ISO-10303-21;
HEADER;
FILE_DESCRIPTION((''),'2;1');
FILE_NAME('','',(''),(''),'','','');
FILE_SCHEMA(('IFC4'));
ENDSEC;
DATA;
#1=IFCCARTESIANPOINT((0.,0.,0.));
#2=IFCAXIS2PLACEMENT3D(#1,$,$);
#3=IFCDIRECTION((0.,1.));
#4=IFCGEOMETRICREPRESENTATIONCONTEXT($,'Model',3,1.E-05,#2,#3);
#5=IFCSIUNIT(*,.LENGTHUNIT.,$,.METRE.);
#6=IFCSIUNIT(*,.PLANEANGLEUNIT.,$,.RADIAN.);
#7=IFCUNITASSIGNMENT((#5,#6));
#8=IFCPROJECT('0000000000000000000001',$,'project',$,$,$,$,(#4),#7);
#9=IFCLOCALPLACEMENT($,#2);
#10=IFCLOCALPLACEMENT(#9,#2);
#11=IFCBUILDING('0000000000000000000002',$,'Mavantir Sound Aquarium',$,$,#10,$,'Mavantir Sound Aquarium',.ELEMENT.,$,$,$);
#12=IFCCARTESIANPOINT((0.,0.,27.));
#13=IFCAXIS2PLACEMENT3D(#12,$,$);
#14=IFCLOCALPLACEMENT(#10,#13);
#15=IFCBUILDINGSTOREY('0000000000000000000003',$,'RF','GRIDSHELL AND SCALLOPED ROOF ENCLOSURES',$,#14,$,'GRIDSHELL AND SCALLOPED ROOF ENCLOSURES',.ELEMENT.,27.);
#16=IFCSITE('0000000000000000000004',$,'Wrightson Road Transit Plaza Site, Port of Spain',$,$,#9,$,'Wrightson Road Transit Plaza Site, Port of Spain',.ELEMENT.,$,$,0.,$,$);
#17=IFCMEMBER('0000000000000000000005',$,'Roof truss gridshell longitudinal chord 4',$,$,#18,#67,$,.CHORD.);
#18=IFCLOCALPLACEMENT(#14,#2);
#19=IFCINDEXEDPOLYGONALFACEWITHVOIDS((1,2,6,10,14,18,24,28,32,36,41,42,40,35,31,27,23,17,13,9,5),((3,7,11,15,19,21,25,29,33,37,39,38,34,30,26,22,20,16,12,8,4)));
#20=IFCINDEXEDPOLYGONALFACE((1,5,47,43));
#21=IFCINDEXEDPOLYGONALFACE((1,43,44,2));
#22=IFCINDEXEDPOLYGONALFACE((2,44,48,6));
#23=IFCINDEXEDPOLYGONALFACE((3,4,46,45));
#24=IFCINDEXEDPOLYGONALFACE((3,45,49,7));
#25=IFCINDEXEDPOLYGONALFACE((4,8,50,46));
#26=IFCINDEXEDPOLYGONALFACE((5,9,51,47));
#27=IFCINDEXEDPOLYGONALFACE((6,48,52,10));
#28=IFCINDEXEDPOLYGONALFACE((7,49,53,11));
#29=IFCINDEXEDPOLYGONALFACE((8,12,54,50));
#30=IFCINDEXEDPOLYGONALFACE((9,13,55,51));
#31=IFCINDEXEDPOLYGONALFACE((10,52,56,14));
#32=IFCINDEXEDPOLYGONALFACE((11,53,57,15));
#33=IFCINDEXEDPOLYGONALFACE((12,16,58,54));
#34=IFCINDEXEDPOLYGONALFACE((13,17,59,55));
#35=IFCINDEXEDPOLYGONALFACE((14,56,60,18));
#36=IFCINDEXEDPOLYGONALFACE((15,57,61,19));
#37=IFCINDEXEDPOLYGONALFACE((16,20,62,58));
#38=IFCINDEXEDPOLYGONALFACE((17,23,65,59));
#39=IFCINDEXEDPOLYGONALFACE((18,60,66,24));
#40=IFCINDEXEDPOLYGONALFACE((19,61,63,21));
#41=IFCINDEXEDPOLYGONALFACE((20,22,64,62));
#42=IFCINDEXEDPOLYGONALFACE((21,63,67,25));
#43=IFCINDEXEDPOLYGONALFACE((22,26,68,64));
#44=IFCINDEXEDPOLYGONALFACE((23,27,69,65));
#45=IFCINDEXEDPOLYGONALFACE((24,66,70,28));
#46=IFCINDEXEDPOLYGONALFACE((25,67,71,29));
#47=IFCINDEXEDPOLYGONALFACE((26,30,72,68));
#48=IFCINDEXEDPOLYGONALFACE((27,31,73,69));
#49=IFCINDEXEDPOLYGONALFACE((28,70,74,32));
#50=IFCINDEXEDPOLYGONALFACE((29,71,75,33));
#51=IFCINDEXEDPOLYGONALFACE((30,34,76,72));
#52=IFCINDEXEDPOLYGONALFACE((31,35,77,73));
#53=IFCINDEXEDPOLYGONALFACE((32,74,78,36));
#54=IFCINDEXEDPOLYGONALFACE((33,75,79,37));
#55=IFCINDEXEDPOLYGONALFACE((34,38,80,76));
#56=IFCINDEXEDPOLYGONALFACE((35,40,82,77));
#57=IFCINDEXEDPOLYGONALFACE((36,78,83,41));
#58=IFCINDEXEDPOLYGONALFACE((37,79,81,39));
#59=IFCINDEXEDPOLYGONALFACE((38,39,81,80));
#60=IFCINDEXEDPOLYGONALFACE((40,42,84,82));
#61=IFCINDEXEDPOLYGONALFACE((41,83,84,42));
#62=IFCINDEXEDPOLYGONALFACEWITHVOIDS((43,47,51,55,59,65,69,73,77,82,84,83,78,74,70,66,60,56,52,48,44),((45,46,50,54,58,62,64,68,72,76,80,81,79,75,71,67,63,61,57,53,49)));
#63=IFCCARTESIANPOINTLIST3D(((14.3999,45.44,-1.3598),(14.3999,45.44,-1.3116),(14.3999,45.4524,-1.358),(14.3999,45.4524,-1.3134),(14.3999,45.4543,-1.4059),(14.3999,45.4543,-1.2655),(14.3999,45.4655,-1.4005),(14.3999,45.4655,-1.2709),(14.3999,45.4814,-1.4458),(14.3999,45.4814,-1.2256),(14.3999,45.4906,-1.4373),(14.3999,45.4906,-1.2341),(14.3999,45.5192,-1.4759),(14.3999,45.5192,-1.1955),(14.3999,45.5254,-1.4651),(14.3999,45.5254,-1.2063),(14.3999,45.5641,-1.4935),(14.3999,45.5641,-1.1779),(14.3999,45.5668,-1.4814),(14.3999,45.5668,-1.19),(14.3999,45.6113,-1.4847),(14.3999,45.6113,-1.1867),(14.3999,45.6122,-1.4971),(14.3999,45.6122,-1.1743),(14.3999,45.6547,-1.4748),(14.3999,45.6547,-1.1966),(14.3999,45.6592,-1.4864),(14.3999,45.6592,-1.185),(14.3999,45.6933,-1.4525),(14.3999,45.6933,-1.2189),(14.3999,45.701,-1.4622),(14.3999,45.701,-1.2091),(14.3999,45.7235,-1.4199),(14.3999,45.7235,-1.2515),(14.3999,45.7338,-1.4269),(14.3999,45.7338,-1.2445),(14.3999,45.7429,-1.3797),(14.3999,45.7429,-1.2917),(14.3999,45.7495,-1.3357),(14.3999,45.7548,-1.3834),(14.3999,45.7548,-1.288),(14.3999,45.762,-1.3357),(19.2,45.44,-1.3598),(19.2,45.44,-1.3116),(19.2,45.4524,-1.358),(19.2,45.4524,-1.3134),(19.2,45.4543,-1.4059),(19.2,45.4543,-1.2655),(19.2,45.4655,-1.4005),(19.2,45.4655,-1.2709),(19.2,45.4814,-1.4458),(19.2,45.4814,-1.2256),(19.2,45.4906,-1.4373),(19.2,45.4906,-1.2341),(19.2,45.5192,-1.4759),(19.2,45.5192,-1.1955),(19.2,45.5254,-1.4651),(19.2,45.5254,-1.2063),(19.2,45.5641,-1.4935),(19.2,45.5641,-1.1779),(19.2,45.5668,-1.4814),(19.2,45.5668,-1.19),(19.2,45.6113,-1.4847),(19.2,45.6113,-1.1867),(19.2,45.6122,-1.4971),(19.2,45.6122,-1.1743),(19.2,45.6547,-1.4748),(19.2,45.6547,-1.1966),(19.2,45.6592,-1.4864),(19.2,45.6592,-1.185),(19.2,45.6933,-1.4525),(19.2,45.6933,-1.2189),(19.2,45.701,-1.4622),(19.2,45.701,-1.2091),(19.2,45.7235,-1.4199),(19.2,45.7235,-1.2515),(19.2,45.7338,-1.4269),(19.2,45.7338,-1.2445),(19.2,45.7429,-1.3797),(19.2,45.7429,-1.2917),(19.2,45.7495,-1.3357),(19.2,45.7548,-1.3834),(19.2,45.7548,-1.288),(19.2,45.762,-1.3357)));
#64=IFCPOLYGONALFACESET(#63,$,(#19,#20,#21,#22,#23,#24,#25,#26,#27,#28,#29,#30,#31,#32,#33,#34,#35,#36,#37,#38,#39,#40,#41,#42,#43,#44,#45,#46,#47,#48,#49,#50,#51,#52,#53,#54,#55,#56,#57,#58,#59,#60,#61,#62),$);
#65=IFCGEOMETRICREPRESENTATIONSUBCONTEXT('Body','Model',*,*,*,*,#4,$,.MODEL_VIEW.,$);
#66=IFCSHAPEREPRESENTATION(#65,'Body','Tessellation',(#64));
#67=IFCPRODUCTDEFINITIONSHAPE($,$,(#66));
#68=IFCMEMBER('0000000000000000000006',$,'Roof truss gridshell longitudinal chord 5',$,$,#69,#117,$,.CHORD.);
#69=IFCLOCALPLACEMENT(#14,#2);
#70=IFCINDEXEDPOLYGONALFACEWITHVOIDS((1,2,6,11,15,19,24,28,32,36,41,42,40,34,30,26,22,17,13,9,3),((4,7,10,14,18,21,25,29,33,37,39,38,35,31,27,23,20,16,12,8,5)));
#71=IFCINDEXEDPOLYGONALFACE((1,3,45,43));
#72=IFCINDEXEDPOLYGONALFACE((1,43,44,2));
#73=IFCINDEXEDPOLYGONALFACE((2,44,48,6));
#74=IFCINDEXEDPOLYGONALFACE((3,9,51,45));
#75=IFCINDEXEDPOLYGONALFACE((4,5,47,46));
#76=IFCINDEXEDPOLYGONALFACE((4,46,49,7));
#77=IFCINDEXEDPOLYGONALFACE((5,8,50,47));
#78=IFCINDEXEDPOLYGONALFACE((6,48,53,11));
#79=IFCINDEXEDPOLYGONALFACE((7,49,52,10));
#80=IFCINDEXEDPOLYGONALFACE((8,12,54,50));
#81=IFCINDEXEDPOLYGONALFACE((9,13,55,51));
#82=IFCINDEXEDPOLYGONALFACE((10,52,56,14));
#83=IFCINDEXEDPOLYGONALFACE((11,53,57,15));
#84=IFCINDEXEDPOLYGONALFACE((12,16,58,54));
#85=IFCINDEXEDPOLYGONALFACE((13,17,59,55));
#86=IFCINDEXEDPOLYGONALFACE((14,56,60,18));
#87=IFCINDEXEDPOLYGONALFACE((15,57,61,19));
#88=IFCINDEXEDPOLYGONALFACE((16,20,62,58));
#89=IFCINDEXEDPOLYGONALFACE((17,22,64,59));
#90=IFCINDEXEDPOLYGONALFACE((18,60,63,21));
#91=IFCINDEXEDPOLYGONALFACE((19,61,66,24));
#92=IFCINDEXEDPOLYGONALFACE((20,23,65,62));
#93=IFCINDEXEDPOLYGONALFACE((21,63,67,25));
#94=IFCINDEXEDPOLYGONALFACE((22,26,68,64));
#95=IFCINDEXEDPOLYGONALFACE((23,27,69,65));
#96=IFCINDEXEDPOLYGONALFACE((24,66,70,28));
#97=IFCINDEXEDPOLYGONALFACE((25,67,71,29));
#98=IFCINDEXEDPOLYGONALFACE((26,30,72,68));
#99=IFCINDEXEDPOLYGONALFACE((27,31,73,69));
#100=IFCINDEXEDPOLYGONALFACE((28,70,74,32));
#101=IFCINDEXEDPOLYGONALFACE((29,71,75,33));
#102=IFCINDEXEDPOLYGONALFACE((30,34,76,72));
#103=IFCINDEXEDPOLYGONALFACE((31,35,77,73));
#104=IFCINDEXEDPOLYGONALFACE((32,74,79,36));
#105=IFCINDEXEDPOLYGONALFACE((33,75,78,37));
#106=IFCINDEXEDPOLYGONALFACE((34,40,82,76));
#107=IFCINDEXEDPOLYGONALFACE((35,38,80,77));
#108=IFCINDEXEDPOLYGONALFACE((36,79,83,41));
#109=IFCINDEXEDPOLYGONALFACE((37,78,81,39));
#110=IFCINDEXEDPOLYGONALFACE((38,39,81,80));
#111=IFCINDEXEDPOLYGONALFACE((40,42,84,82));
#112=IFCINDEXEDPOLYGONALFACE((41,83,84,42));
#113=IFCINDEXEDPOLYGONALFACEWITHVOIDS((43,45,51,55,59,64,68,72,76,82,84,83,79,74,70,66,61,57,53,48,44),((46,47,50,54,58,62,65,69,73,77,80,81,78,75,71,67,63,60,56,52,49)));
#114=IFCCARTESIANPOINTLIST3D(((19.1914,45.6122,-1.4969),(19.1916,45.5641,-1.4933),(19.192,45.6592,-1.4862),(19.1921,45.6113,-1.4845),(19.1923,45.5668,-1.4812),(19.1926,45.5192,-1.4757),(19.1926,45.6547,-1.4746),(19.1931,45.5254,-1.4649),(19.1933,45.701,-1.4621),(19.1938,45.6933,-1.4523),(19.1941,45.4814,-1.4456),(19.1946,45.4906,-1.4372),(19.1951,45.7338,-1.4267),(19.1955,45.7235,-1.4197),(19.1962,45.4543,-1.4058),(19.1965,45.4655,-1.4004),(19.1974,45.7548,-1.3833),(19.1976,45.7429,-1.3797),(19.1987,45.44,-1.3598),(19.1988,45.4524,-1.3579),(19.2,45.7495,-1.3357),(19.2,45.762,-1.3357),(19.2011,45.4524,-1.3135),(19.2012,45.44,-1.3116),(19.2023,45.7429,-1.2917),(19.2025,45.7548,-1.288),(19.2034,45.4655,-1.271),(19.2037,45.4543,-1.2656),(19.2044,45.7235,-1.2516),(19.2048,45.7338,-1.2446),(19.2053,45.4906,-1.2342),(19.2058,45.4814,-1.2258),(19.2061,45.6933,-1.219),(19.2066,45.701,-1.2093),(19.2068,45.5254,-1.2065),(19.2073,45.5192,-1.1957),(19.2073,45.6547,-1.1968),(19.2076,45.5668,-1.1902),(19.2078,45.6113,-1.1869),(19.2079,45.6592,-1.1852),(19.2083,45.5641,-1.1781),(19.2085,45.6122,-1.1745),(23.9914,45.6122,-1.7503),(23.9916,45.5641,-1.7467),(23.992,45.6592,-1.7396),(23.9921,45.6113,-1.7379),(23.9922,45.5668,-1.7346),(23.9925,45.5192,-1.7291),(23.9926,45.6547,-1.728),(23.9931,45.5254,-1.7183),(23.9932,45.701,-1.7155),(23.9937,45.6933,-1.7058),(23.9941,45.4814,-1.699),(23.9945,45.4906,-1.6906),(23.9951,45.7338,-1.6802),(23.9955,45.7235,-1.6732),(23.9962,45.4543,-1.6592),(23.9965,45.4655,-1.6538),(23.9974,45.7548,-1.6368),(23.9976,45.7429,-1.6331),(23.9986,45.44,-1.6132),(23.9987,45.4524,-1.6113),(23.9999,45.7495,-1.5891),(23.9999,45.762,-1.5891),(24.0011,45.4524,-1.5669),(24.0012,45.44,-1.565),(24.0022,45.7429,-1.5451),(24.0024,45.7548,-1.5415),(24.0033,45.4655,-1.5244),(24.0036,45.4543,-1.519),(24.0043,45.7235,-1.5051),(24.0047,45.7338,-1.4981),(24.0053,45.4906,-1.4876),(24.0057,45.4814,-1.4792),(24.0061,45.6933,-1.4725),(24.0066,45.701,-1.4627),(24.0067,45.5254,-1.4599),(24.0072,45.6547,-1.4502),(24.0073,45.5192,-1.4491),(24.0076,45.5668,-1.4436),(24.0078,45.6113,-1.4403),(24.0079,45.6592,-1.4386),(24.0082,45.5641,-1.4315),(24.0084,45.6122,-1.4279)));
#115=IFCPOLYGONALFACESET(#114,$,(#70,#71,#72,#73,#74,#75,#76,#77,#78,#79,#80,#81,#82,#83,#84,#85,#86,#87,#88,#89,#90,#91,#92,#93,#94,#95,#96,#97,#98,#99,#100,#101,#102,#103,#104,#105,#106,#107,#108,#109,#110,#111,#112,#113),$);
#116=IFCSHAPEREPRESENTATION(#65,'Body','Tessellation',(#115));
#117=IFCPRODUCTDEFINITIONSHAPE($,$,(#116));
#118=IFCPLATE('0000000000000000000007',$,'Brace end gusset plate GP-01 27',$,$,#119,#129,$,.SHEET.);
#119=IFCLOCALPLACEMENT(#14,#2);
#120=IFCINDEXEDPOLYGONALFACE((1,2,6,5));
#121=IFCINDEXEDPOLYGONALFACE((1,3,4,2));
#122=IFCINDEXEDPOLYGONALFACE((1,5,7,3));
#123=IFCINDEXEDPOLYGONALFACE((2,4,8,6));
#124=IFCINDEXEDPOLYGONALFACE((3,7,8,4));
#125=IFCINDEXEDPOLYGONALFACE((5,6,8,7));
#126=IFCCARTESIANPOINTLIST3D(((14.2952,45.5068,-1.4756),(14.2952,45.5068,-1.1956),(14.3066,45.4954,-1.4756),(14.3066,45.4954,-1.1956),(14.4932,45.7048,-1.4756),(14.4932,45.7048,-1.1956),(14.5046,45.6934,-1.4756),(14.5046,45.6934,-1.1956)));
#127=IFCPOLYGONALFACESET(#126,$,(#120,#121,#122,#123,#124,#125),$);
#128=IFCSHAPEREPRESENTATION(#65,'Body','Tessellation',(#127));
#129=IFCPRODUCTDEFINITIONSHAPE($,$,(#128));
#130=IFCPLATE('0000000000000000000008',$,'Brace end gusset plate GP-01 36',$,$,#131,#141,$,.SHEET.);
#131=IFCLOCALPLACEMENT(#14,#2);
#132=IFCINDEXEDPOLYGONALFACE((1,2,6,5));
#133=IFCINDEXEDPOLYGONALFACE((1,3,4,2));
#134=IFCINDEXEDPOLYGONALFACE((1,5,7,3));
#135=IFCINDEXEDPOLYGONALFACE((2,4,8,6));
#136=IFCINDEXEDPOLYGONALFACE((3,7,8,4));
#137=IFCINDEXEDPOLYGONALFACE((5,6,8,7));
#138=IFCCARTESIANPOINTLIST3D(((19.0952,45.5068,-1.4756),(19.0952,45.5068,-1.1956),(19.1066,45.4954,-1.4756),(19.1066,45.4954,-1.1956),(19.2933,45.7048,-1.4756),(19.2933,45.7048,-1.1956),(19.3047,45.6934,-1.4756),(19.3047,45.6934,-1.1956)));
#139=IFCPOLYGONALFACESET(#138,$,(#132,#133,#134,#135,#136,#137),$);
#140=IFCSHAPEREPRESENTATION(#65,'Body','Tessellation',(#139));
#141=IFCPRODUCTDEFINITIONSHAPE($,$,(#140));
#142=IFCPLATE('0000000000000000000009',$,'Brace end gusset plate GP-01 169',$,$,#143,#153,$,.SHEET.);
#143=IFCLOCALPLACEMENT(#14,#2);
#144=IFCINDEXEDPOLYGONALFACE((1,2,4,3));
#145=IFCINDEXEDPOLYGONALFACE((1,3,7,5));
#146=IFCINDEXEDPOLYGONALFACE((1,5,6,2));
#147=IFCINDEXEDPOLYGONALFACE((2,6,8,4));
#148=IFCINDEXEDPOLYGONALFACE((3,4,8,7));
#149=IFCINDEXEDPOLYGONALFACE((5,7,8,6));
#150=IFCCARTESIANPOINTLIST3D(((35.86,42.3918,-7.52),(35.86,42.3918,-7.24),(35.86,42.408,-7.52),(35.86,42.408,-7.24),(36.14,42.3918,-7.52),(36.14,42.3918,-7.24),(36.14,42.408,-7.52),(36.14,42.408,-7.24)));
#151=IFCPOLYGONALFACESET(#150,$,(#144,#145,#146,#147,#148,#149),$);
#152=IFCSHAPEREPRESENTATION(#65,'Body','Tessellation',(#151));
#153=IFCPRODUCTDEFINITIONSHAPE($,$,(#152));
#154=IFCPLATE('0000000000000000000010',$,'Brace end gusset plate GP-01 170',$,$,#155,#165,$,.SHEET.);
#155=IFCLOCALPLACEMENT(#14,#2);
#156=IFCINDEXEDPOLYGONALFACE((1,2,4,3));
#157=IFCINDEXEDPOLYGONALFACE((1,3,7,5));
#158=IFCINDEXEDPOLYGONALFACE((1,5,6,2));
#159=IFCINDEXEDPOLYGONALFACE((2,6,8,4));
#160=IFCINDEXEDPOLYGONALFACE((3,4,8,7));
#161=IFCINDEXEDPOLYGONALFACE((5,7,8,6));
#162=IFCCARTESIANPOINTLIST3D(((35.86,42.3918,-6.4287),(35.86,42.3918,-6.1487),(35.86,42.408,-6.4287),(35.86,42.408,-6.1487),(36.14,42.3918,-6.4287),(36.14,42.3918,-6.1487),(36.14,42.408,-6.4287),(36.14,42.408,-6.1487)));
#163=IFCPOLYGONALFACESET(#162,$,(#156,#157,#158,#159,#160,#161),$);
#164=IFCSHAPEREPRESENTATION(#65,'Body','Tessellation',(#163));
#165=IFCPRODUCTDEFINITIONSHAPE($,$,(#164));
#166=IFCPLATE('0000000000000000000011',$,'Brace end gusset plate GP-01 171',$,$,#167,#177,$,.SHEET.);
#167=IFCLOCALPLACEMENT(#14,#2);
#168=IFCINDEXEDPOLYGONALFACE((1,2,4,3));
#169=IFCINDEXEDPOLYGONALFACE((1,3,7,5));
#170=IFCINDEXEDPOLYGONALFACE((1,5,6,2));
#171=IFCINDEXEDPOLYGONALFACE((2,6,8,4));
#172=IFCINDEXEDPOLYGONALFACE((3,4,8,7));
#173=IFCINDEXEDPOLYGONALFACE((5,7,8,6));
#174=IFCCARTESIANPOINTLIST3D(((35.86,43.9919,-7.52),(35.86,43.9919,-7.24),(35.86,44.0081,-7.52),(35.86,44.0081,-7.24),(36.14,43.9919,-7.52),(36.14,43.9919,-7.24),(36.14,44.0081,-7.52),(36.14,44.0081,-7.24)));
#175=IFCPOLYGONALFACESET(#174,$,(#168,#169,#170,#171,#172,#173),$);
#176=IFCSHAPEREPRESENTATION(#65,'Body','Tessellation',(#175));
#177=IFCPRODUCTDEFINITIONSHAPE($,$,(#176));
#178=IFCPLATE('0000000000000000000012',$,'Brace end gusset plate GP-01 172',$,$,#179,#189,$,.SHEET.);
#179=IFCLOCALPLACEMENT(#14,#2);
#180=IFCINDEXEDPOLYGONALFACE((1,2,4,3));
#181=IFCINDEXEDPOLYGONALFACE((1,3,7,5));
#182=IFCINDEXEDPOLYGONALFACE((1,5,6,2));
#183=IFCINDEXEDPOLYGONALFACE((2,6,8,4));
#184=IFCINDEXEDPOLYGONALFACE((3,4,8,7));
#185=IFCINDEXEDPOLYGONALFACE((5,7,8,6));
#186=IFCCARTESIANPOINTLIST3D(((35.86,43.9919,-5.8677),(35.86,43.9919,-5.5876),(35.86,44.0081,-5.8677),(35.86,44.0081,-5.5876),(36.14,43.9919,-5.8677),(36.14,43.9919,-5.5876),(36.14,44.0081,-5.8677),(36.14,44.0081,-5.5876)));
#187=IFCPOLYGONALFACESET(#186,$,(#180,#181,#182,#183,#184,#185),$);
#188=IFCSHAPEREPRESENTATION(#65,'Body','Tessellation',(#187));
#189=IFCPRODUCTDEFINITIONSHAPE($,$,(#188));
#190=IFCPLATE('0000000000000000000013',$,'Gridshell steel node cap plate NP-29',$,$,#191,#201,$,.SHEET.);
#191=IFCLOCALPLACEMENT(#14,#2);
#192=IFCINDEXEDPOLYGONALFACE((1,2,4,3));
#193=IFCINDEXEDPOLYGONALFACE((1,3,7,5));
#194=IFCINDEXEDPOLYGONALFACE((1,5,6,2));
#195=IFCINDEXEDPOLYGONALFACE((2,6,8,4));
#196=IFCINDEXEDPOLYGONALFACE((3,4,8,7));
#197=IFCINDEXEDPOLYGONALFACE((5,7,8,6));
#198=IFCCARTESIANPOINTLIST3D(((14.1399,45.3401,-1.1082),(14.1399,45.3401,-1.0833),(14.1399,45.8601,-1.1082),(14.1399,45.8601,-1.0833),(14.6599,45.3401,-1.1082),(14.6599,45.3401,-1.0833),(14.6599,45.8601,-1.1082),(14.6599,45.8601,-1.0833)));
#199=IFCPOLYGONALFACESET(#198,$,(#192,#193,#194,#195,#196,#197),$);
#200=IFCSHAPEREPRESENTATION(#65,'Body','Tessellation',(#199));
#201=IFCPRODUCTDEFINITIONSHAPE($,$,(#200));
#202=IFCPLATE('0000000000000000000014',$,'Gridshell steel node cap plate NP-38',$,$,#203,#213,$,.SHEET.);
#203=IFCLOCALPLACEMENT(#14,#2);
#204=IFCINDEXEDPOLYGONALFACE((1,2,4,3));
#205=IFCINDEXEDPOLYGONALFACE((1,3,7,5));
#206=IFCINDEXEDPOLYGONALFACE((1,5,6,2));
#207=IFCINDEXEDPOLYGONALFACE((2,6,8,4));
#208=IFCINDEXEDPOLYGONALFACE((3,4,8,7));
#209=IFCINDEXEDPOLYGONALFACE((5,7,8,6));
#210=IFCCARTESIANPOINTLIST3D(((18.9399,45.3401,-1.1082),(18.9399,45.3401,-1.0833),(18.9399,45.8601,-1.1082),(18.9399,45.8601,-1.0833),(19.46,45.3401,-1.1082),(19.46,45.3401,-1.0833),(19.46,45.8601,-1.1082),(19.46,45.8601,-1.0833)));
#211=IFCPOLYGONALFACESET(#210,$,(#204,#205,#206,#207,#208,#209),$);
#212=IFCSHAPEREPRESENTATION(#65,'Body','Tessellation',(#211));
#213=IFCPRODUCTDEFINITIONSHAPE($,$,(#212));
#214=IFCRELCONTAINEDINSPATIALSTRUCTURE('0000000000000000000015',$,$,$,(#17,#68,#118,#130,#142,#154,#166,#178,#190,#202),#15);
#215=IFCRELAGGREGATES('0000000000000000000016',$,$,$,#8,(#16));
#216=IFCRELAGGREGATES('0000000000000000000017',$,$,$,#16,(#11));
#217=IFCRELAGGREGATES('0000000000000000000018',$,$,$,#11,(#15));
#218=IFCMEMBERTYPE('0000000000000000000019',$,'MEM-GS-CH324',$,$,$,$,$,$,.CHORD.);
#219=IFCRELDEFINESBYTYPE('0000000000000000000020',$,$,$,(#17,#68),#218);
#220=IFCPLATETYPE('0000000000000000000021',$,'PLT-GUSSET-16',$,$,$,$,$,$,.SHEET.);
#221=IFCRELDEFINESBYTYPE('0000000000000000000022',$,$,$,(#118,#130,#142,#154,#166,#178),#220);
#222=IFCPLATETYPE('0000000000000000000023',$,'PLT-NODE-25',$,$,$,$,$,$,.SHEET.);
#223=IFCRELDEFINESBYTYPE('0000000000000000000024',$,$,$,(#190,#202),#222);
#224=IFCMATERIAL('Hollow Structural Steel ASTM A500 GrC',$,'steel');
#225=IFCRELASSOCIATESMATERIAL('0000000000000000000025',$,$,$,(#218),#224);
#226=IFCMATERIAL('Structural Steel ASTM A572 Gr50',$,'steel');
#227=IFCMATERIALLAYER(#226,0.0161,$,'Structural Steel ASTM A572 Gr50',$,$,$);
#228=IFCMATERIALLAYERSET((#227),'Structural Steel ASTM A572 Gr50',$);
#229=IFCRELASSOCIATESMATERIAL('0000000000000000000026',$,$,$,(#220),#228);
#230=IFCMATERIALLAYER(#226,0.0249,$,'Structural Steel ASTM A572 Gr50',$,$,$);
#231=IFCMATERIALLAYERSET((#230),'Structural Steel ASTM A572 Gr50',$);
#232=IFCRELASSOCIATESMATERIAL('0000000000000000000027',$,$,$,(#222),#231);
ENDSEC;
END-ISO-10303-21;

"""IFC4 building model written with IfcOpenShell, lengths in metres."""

from ifc_helpers import new_model, si_unit, direction, frame, origin, origin_2d, place, context, subcontext, project, spatial, rectangle, hollow_circle, extrude, material, layer, layer_set, material_profile, profile_set, type_object, element, save


model = new_model("IFC4")

# Units and contexts
model_context = context("Model", 3, precision=1e-05, world=origin(), true_north=direction((0.0, 1.0)))
body_context = subcontext(model_context, "Body", "Model", "MODEL_VIEW")
ifc_project = project(units=[si_unit("LENGTHUNIT", "METRE"), si_unit("PLANEANGLEUNIT", "RADIAN")], contexts=[model_context])

# Site, building, storey
site_placement = place(None, origin())
site = spatial("IfcSite", under=ifc_project, at=site_placement, Name="Wrightson Road Transit Plaza Site, Port of Spain", LongName="Wrightson Road Transit Plaza Site, Port of Spain", CompositionType="ELEMENT", RefElevation=0.0)
building_placement = place(site_placement, origin())
building = spatial("IfcBuilding", under=site, at=building_placement, Name="Mavantir Sound Aquarium", LongName="Mavantir Sound Aquarium", CompositionType="ELEMENT")
storey_placement = place(building_placement, frame((0.0, 0.0, 27.0)))
storey = spatial("IfcBuildingStorey", under=building, at=storey_placement, Name="RF", Description="GRIDSHELL AND SCALLOPED ROOF ENCLOSURES", LongName="GRIDSHELL AND SCALLOPED ROOF ENCLOSURES", CompositionType="ELEMENT", Elevation=27.0)

# Members
ifc_material_1 = material(Name="Hollow Structural Steel ASTM A500 GrC", Category="steel")
ifc_material_profile_1 = material_profile(ifc_material_1, hollow_circle(Radius=0.1619, WallThickness=0.0125, at=origin_2d()), Name="CHS 323.9X12.5")
ifc_profile_set_1 = profile_set([ifc_material_profile_1], Name="Hollow Structural Steel ASTM A500 GrC")
member_type_1 = type_object("IfcMemberType", Name="MEM-GS-CH324", PredefinedType="CHORD", material=ifc_profile_set_1)
member_1_placement = place(storey_placement, frame((14.3999, 45.6001, -1.3357), z_axis=(1.0, 0.0, 0.0), x_axis=(0.0, 1.0, 0.0)))
element("IfcMember", 1, at=member_1_placement, inside=storey, type_object=member_type_1, Name="Roof truss gridshell longitudinal chord 4", PredefinedType="CHORD", context=body_context, shape_type="SweptSolid", body=[
    extrude(hollow_circle(Radius=0.1619, WallThickness=0.0125, at=origin_2d()), origin(), (0.0, 0.0, 1.0), 4.8),
])
member_2_placement = place(storey_placement, frame((19.2, 45.6001, -1.3357), z_axis=(0.998609, 0.0, -0.052721), x_axis=(0.0, 1.0, 0.0)))
element("IfcMember", 2, at=member_2_placement, inside=storey, type_object=member_type_1, Name="Roof truss gridshell longitudinal chord 5", PredefinedType="CHORD", context=body_context, shape_type="SweptSolid", body=[
    extrude(hollow_circle(Radius=0.1619, WallThickness=0.0125, at=origin_2d()), origin(), (0.0, 0.0, 1.0), 4.8066),
])

# Plates
ifc_material_2 = material(Name="Structural Steel ASTM A572 Gr50", Category="steel")
ifc_layer_1 = layer(ifc_material_2, 0.0161, Name="Structural Steel ASTM A572 Gr50")
ifc_layer_set_1 = layer_set([ifc_layer_1], Name="Structural Steel ASTM A572 Gr50")
plate_type_1 = type_object("IfcPlateType", Name="PLT-GUSSET-16", PredefinedType="SHEET", material=ifc_layer_set_1)
for number, where, z_axis, x_axis, name in (
    (3, (14.3999, 45.6001, -1.4756), (0.0, 0.0, 1.0), (0.707107, 0.707107, 0.0), "Brace end gusset plate GP-01 27"),
    (4, (19.2, 45.6001, -1.4756), (0.0, 0.0, 1.0), (0.707107, 0.707107, 0.0), "Brace end gusset plate GP-01 36"),
    (5, (36.0, 42.3999, -7.52), (0.0, 0.0, 1.0), (1.0, 0.0, 0.0), "Brace end gusset plate GP-01 169"),
    (6, (36.0, 42.3999, -6.4287), (0.0, 0.0, 1.0), (1.0, 0.0, 0.0), "Brace end gusset plate GP-01 170"),
    (7, (36.0, 44.0, -7.52), (0.0, 0.0, 1.0), (1.0, 0.0, 0.0), "Brace end gusset plate GP-01 171"),
    (8, (36.0, 44.0, -5.8677), (0.0, 0.0, 1.0), (1.0, 0.0, 0.0), "Brace end gusset plate GP-01 172"),
):
    element("IfcPlate", number, at=place(storey_placement, frame(where, z_axis=z_axis, x_axis=x_axis)), inside=storey, type_object=plate_type_1, Name=name, PredefinedType="SHEET", context=body_context, shape_type="SweptSolid", body=[
        extrude(rectangle(XDim=0.28, YDim=0.0161, at=origin_2d()), origin(), (0.0, 0.0, 1.0), 0.28),
    ])
ifc_layer_2 = layer(ifc_material_2, 0.0249, Name="Structural Steel ASTM A572 Gr50")
ifc_layer_set_2 = layer_set([ifc_layer_2], Name="Structural Steel ASTM A572 Gr50")
plate_type_2 = type_object("IfcPlateType", Name="PLT-NODE-25", PredefinedType="SHEET", material=ifc_layer_set_2)
for number, where, z_axis, x_axis, name in (
    (9, (14.3999, 45.6001, -1.1082), (0.0, 0.0, 1.0), (1.0, 0.0, 0.0), "Gridshell steel node cap plate NP-29"),
    (10, (19.2, 45.6001, -1.1082), (0.0, 0.0, 1.0), (1.0, 0.0, 0.0), "Gridshell steel node cap plate NP-38"),
):
    element("IfcPlate", number, at=place(storey_placement, frame(where, z_axis=z_axis, x_axis=x_axis)), inside=storey, type_object=plate_type_2, Name=name, PredefinedType="SHEET", context=body_context, shape_type="SweptSolid", body=[
        extrude(rectangle(XDim=0.52, YDim=0.52, at=origin_2d()), origin(), (0.0, 0.0, 1.0), 0.0249),
    ])

save(model, "model.ifc")
